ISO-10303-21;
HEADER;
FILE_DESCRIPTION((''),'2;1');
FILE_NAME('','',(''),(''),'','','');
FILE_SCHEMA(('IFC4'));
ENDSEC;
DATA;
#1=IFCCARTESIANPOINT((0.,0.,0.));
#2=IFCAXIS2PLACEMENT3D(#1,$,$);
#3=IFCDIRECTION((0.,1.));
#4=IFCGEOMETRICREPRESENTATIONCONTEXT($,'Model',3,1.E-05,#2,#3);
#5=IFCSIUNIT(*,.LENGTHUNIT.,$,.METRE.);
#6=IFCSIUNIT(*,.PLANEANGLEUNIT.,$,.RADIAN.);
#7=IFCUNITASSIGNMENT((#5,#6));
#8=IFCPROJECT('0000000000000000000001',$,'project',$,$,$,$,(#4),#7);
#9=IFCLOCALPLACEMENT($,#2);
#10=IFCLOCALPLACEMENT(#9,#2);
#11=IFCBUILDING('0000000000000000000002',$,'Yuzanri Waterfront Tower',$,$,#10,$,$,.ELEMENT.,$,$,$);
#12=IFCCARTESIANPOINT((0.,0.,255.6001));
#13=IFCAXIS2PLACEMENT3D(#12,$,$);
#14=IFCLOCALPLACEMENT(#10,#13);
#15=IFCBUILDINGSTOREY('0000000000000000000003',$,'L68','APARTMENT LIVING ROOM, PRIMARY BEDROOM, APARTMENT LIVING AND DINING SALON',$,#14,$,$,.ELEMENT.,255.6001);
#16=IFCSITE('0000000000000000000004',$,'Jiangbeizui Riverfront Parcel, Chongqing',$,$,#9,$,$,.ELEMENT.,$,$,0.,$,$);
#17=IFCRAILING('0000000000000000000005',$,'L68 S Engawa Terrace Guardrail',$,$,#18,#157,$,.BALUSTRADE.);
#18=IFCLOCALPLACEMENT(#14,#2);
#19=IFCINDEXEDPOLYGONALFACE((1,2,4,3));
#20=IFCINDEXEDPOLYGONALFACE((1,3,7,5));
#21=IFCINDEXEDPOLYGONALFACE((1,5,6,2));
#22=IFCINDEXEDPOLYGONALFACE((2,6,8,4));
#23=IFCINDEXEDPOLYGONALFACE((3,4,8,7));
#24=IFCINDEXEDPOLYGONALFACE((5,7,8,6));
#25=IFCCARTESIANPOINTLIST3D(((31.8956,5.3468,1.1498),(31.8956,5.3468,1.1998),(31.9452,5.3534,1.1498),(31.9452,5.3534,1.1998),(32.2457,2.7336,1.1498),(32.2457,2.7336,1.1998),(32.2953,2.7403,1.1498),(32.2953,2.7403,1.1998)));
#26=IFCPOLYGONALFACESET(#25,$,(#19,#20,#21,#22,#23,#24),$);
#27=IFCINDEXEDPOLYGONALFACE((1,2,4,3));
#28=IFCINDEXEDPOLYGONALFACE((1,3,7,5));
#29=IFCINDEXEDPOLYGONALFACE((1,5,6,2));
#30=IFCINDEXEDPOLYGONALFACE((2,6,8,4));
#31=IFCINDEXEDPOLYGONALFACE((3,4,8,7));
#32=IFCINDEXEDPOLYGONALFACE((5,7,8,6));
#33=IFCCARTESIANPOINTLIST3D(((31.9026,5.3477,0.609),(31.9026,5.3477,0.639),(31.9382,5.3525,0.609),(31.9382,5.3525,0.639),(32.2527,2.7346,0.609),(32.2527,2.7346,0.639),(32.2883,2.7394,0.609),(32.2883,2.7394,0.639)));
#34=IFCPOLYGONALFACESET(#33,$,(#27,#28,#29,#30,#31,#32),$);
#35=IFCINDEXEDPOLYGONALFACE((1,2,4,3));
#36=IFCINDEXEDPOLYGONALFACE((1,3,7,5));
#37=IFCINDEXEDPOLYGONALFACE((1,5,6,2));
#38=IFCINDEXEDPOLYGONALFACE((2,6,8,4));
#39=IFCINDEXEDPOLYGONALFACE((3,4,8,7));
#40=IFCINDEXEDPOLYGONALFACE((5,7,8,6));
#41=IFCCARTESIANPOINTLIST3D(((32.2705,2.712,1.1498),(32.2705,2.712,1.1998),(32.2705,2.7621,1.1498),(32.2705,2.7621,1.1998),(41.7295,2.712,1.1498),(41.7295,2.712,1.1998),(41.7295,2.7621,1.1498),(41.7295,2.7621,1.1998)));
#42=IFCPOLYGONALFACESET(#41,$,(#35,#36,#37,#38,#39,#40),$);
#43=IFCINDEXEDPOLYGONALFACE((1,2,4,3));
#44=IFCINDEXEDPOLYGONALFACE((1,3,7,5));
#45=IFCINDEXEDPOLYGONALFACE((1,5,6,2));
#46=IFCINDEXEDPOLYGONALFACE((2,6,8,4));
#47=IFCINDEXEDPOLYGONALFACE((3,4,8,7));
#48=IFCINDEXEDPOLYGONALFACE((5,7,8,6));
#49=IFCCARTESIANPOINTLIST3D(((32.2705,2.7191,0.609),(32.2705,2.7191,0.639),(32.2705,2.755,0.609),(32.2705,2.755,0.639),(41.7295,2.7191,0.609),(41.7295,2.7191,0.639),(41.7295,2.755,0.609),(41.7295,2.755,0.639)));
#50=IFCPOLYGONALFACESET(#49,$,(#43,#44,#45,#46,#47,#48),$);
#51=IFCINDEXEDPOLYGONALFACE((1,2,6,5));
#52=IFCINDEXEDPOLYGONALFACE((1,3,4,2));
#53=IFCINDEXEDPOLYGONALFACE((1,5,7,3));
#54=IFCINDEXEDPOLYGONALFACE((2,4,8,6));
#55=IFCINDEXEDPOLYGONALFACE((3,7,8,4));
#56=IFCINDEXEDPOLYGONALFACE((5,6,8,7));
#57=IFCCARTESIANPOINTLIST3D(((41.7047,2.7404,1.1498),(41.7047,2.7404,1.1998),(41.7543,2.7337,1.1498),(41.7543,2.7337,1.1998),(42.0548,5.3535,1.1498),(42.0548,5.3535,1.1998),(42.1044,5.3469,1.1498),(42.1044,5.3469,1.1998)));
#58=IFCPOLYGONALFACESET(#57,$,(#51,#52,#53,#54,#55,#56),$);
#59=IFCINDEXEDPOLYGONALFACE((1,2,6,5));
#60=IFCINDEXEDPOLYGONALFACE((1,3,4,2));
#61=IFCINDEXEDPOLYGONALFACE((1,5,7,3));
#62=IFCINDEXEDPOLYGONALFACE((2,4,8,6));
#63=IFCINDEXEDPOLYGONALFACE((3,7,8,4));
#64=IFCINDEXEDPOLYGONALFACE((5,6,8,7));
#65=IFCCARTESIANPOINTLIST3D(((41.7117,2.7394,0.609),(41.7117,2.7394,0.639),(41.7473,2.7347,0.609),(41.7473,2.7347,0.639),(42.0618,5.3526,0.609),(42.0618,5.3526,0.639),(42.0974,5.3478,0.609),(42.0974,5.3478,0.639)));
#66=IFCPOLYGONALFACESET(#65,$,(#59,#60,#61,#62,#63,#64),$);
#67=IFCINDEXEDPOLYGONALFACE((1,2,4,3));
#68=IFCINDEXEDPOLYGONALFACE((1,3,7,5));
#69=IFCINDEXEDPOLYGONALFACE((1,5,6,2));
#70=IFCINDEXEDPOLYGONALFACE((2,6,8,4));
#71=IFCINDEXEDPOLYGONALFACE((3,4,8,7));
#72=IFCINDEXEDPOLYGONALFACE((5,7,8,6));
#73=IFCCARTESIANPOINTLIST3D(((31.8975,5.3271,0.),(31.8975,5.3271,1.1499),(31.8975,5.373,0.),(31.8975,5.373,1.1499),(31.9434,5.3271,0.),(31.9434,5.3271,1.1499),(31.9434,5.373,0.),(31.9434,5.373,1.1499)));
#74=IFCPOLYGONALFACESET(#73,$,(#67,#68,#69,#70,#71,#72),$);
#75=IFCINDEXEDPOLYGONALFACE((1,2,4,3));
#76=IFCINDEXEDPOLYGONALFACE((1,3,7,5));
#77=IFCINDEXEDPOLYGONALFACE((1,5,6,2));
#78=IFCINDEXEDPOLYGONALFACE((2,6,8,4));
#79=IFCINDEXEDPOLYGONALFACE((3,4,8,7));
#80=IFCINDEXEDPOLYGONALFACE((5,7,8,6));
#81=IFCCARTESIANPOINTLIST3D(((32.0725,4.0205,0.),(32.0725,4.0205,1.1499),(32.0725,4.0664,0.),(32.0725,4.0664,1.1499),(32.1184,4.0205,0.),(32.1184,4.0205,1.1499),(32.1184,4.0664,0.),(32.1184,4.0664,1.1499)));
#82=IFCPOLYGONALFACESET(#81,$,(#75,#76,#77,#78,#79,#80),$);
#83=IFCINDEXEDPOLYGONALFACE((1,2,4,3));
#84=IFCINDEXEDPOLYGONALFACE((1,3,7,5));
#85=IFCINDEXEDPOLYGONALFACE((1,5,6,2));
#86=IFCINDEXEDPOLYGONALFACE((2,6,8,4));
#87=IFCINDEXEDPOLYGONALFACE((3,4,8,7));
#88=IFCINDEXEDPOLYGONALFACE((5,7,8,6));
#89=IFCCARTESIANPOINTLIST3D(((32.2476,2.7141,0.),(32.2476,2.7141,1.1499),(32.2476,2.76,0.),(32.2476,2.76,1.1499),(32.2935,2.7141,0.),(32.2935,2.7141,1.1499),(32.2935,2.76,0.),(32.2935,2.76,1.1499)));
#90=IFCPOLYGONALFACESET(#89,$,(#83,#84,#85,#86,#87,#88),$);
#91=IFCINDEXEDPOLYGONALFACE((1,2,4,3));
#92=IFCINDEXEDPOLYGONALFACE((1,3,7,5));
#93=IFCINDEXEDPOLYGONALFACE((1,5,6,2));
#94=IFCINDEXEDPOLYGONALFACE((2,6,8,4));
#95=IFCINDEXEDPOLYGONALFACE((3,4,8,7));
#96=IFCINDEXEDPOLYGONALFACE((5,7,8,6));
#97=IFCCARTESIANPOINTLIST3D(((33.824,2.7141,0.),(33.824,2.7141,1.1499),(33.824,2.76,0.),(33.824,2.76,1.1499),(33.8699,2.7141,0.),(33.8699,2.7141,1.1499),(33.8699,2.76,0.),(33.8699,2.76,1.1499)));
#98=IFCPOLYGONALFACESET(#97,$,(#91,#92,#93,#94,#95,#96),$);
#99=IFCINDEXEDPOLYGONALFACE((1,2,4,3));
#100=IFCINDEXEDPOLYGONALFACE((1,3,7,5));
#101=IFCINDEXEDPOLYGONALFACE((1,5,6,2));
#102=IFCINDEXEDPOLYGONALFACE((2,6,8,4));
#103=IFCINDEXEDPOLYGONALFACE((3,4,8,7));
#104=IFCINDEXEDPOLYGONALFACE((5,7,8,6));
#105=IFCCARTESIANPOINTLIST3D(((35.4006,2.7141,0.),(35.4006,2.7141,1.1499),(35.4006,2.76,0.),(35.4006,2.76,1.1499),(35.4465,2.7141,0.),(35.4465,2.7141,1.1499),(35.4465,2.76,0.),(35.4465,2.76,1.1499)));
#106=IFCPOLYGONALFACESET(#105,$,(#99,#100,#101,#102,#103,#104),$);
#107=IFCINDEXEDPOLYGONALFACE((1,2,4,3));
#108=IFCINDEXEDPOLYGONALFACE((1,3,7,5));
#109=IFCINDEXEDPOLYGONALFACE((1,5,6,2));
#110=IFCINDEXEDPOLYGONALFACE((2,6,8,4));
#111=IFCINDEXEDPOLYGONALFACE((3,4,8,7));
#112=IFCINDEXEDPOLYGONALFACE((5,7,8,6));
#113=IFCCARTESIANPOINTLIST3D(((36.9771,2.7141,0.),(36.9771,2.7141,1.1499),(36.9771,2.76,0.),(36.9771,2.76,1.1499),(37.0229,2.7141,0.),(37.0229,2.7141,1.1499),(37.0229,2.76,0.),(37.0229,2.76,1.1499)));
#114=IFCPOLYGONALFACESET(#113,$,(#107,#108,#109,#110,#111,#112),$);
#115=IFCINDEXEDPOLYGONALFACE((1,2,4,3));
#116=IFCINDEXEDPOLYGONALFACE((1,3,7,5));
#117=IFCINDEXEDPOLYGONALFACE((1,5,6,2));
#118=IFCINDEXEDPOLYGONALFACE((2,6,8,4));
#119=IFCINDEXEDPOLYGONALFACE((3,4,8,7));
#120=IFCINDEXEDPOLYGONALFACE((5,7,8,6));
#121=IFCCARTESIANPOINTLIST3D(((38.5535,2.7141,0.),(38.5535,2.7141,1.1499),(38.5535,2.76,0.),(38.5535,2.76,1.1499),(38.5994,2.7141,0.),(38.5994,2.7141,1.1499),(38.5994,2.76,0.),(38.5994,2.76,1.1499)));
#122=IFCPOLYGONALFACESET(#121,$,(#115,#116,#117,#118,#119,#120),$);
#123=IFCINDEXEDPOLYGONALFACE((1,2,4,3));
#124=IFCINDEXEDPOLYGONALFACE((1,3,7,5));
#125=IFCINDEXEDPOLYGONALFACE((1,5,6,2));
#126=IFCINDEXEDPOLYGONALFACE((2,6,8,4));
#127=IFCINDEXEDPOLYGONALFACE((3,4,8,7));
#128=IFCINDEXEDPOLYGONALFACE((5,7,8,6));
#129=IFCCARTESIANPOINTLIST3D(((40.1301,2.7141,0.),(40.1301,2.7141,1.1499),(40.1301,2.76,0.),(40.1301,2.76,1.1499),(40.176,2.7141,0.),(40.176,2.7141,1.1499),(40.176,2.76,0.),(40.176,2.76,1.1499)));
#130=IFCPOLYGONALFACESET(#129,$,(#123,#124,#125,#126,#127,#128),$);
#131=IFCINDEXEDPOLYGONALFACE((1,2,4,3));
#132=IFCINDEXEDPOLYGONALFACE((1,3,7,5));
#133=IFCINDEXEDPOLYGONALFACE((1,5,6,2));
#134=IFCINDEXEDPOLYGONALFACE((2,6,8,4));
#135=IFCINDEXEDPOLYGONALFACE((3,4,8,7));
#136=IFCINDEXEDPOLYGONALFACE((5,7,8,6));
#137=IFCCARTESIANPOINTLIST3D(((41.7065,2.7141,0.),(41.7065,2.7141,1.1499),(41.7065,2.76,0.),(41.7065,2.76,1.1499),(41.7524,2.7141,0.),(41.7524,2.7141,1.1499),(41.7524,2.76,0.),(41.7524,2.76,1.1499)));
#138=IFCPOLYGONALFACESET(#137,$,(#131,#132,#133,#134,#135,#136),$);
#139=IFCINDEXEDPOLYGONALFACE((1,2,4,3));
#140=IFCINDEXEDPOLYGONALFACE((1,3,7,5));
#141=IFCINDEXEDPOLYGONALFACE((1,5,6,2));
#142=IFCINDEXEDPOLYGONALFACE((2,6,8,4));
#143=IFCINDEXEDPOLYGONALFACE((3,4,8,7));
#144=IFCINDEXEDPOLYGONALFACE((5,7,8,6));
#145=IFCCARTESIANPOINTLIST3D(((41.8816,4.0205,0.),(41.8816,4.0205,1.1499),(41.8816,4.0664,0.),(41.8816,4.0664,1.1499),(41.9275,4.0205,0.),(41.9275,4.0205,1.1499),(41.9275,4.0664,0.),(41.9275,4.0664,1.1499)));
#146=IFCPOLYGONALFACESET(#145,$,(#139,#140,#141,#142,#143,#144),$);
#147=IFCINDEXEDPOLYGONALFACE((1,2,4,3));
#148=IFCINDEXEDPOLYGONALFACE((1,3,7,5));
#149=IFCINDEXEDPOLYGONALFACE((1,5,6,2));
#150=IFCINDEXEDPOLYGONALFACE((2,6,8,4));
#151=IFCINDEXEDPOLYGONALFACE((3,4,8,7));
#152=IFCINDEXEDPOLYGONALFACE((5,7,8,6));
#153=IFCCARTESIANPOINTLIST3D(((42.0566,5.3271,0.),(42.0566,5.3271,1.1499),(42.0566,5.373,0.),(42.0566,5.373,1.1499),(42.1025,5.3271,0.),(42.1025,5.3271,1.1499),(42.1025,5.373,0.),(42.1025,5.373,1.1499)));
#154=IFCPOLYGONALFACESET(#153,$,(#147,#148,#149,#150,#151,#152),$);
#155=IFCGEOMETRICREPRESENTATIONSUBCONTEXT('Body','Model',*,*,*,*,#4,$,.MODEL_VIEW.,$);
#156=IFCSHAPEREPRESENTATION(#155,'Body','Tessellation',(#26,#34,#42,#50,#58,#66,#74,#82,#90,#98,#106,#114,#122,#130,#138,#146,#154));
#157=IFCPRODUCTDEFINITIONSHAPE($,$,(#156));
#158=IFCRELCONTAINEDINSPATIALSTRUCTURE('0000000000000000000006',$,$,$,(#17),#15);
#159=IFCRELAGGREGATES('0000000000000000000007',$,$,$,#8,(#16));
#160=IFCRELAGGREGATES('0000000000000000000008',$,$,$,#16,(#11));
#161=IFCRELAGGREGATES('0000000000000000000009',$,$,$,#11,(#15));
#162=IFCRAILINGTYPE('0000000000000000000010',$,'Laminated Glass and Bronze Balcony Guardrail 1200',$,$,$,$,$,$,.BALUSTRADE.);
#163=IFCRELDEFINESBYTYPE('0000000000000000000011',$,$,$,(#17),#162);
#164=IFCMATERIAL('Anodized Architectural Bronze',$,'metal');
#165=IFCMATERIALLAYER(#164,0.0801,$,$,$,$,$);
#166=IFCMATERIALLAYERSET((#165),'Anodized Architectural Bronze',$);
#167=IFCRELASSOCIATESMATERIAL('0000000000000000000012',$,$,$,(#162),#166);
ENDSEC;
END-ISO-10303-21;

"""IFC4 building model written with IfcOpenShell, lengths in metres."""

from ifc_helpers import new_model, si_unit, direction, frame, origin, origin_2d, place, context, subcontext, project, spatial, rectangle, extrude, source, transform, mapped, material, layer, layer_set, type_object, element, save


model = new_model("IFC4")

# Units and contexts
model_context = context("Model", 3, precision=1e-05, world=origin(), true_north=direction((0.0, 1.0)))
body_context = subcontext(model_context, "Body", "Model", "MODEL_VIEW")
ifc_project = project(units=[si_unit("LENGTHUNIT", "METRE"), si_unit("PLANEANGLEUNIT", "RADIAN")], contexts=[model_context])

# Site, building, storey
site_placement = place(None, origin())
site = spatial("IfcSite", under=ifc_project, at=site_placement, Name="Jiangbeizui Riverfront Parcel, Chongqing", CompositionType="ELEMENT", RefElevation=0.0)
building_placement = place(site_placement, origin())
building = spatial("IfcBuilding", under=site, at=building_placement, Name="Yuzanri Waterfront Tower", CompositionType="ELEMENT")
storey_placement = place(building_placement, frame((0.0, 0.0, 255.6001)))
storey = spatial("IfcBuildingStorey", under=building, at=storey_placement, Name="L68", Description="APARTMENT LIVING ROOM, PRIMARY BEDROOM, APARTMENT LIVING AND DINING SALON", CompositionType="ELEMENT", Elevation=255.6001)

# Railing
ifc_material_1 = material(Name="Anodized Architectural Bronze", Category="metal")
ifc_layer_1 = layer(ifc_material_1, 0.0801)
ifc_layer_set_1 = layer_set([ifc_layer_1], Name="Anodized Architectural Bronze")
railing_type = type_object("IfcRailingType", Name="Laminated Glass and Bronze Balcony Guardrail 1200", PredefinedType="BALUSTRADE", material=ifc_layer_set_1)
shared_shape_1 = source(origin(), body_context, "Body", "SweptSolid", [
    extrude(rectangle(XDim=0.05, YDim=0.05, at=origin_2d()), frame((0.0, 0.0, 1.1748), z_axis=(0.132795, -0.991144, 0.0), x_axis=(0.991144, 0.132795, 0.0)), (0.0, 0.0, 1.0), 2.6365),
    extrude(rectangle(XDim=0.0359, YDim=0.03, at=origin_2d()), frame((0.0, 0.0, 0.624), z_axis=(0.132795, -0.991144, 0.0), x_axis=(0.991144, 0.132795, 0.0)), (0.0, 0.0, 1.0), 2.6365),
    extrude(rectangle(XDim=0.05, YDim=0.05, at=origin_2d()), frame((0.3501, -2.613, 1.1748), z_axis=(1.0, 0.0, 0.0), x_axis=(0.0, 1.0, 0.0)), (0.0, 0.0, 1.0), 9.459),
    extrude(rectangle(XDim=0.0359, YDim=0.03, at=origin_2d()), frame((0.3501, -2.613, 0.624), z_axis=(1.0, 0.0, 0.0), x_axis=(0.0, 1.0, 0.0)), (0.0, 0.0, 1.0), 9.459),
    extrude(rectangle(XDim=0.05, YDim=0.05, at=origin_2d()), frame((9.8091, -2.613, 1.1748), z_axis=(0.132795, 0.991144, 0.0), x_axis=(-0.991144, 0.132795, 0.0)), (0.0, 0.0, 1.0), 2.6365),
    extrude(rectangle(XDim=0.0359, YDim=0.03, at=origin_2d()), frame((9.8091, -2.613, 0.624), z_axis=(0.132795, 0.991144, 0.0), x_axis=(-0.991144, 0.132795, 0.0)), (0.0, 0.0, 1.0), 2.6365),
    extrude(rectangle(XDim=0.0459, YDim=0.0459, at=origin_2d()), origin(), (0.0, 0.0, 1.0), 1.1499),
    extrude(rectangle(XDim=0.0459, YDim=0.0459, at=origin_2d()), frame((0.175, -1.3066, 0.0)), (0.0, 0.0, 1.0), 1.1499),
    extrude(rectangle(XDim=0.0459, YDim=0.0459, at=origin_2d()), frame((0.3501, -2.613, 0.0)), (0.0, 0.0, 1.0), 1.1499),
    extrude(rectangle(XDim=0.0459, YDim=0.0459, at=origin_2d()), frame((1.9265, -2.613, 0.0)), (0.0, 0.0, 1.0), 1.1499),
    extrude(rectangle(XDim=0.0459, YDim=0.0459, at=origin_2d()), frame((3.5032, -2.613, 0.0)), (0.0, 0.0, 1.0), 1.1499),
    extrude(rectangle(XDim=0.0459, YDim=0.0459, at=origin_2d()), frame((5.0796, -2.613, 0.0)), (0.0, 0.0, 1.0), 1.1499),
    extrude(rectangle(XDim=0.0459, YDim=0.0459, at=origin_2d()), frame((6.656, -2.613, 0.0)), (0.0, 0.0, 1.0), 1.1499),
    extrude(rectangle(XDim=0.0459, YDim=0.0459, at=origin_2d()), frame((8.2327, -2.613, 0.0)), (0.0, 0.0, 1.0), 1.1499),
    extrude(rectangle(XDim=0.0459, YDim=0.0459, at=origin_2d()), frame((9.8091, -2.613, 0.0)), (0.0, 0.0, 1.0), 1.1499),
    extrude(rectangle(XDim=0.0459, YDim=0.0459, at=origin_2d()), frame((9.9841, -1.3066, 0.0)), (0.0, 0.0, 1.0), 1.1499),
    extrude(rectangle(XDim=0.0459, YDim=0.0459, at=origin_2d()), frame((10.1592, 0.0, 0.0)), (0.0, 0.0, 1.0), 1.1499),
])
railing_placement = place(storey_placement, frame((31.9204, 5.3501, 0.0)))
element("IfcRailing", 1, at=railing_placement, inside=storey, type_object=railing_type, Name="L68 S Engawa Terrace Guardrail", PredefinedType="BALUSTRADE", context=body_context, shape_type="MappedRepresentation", body=[
    mapped(shared_shape_1, transform((0.0, 0.0, 0.0), scale=1.0)),
])

save(model, "model.ifc")
